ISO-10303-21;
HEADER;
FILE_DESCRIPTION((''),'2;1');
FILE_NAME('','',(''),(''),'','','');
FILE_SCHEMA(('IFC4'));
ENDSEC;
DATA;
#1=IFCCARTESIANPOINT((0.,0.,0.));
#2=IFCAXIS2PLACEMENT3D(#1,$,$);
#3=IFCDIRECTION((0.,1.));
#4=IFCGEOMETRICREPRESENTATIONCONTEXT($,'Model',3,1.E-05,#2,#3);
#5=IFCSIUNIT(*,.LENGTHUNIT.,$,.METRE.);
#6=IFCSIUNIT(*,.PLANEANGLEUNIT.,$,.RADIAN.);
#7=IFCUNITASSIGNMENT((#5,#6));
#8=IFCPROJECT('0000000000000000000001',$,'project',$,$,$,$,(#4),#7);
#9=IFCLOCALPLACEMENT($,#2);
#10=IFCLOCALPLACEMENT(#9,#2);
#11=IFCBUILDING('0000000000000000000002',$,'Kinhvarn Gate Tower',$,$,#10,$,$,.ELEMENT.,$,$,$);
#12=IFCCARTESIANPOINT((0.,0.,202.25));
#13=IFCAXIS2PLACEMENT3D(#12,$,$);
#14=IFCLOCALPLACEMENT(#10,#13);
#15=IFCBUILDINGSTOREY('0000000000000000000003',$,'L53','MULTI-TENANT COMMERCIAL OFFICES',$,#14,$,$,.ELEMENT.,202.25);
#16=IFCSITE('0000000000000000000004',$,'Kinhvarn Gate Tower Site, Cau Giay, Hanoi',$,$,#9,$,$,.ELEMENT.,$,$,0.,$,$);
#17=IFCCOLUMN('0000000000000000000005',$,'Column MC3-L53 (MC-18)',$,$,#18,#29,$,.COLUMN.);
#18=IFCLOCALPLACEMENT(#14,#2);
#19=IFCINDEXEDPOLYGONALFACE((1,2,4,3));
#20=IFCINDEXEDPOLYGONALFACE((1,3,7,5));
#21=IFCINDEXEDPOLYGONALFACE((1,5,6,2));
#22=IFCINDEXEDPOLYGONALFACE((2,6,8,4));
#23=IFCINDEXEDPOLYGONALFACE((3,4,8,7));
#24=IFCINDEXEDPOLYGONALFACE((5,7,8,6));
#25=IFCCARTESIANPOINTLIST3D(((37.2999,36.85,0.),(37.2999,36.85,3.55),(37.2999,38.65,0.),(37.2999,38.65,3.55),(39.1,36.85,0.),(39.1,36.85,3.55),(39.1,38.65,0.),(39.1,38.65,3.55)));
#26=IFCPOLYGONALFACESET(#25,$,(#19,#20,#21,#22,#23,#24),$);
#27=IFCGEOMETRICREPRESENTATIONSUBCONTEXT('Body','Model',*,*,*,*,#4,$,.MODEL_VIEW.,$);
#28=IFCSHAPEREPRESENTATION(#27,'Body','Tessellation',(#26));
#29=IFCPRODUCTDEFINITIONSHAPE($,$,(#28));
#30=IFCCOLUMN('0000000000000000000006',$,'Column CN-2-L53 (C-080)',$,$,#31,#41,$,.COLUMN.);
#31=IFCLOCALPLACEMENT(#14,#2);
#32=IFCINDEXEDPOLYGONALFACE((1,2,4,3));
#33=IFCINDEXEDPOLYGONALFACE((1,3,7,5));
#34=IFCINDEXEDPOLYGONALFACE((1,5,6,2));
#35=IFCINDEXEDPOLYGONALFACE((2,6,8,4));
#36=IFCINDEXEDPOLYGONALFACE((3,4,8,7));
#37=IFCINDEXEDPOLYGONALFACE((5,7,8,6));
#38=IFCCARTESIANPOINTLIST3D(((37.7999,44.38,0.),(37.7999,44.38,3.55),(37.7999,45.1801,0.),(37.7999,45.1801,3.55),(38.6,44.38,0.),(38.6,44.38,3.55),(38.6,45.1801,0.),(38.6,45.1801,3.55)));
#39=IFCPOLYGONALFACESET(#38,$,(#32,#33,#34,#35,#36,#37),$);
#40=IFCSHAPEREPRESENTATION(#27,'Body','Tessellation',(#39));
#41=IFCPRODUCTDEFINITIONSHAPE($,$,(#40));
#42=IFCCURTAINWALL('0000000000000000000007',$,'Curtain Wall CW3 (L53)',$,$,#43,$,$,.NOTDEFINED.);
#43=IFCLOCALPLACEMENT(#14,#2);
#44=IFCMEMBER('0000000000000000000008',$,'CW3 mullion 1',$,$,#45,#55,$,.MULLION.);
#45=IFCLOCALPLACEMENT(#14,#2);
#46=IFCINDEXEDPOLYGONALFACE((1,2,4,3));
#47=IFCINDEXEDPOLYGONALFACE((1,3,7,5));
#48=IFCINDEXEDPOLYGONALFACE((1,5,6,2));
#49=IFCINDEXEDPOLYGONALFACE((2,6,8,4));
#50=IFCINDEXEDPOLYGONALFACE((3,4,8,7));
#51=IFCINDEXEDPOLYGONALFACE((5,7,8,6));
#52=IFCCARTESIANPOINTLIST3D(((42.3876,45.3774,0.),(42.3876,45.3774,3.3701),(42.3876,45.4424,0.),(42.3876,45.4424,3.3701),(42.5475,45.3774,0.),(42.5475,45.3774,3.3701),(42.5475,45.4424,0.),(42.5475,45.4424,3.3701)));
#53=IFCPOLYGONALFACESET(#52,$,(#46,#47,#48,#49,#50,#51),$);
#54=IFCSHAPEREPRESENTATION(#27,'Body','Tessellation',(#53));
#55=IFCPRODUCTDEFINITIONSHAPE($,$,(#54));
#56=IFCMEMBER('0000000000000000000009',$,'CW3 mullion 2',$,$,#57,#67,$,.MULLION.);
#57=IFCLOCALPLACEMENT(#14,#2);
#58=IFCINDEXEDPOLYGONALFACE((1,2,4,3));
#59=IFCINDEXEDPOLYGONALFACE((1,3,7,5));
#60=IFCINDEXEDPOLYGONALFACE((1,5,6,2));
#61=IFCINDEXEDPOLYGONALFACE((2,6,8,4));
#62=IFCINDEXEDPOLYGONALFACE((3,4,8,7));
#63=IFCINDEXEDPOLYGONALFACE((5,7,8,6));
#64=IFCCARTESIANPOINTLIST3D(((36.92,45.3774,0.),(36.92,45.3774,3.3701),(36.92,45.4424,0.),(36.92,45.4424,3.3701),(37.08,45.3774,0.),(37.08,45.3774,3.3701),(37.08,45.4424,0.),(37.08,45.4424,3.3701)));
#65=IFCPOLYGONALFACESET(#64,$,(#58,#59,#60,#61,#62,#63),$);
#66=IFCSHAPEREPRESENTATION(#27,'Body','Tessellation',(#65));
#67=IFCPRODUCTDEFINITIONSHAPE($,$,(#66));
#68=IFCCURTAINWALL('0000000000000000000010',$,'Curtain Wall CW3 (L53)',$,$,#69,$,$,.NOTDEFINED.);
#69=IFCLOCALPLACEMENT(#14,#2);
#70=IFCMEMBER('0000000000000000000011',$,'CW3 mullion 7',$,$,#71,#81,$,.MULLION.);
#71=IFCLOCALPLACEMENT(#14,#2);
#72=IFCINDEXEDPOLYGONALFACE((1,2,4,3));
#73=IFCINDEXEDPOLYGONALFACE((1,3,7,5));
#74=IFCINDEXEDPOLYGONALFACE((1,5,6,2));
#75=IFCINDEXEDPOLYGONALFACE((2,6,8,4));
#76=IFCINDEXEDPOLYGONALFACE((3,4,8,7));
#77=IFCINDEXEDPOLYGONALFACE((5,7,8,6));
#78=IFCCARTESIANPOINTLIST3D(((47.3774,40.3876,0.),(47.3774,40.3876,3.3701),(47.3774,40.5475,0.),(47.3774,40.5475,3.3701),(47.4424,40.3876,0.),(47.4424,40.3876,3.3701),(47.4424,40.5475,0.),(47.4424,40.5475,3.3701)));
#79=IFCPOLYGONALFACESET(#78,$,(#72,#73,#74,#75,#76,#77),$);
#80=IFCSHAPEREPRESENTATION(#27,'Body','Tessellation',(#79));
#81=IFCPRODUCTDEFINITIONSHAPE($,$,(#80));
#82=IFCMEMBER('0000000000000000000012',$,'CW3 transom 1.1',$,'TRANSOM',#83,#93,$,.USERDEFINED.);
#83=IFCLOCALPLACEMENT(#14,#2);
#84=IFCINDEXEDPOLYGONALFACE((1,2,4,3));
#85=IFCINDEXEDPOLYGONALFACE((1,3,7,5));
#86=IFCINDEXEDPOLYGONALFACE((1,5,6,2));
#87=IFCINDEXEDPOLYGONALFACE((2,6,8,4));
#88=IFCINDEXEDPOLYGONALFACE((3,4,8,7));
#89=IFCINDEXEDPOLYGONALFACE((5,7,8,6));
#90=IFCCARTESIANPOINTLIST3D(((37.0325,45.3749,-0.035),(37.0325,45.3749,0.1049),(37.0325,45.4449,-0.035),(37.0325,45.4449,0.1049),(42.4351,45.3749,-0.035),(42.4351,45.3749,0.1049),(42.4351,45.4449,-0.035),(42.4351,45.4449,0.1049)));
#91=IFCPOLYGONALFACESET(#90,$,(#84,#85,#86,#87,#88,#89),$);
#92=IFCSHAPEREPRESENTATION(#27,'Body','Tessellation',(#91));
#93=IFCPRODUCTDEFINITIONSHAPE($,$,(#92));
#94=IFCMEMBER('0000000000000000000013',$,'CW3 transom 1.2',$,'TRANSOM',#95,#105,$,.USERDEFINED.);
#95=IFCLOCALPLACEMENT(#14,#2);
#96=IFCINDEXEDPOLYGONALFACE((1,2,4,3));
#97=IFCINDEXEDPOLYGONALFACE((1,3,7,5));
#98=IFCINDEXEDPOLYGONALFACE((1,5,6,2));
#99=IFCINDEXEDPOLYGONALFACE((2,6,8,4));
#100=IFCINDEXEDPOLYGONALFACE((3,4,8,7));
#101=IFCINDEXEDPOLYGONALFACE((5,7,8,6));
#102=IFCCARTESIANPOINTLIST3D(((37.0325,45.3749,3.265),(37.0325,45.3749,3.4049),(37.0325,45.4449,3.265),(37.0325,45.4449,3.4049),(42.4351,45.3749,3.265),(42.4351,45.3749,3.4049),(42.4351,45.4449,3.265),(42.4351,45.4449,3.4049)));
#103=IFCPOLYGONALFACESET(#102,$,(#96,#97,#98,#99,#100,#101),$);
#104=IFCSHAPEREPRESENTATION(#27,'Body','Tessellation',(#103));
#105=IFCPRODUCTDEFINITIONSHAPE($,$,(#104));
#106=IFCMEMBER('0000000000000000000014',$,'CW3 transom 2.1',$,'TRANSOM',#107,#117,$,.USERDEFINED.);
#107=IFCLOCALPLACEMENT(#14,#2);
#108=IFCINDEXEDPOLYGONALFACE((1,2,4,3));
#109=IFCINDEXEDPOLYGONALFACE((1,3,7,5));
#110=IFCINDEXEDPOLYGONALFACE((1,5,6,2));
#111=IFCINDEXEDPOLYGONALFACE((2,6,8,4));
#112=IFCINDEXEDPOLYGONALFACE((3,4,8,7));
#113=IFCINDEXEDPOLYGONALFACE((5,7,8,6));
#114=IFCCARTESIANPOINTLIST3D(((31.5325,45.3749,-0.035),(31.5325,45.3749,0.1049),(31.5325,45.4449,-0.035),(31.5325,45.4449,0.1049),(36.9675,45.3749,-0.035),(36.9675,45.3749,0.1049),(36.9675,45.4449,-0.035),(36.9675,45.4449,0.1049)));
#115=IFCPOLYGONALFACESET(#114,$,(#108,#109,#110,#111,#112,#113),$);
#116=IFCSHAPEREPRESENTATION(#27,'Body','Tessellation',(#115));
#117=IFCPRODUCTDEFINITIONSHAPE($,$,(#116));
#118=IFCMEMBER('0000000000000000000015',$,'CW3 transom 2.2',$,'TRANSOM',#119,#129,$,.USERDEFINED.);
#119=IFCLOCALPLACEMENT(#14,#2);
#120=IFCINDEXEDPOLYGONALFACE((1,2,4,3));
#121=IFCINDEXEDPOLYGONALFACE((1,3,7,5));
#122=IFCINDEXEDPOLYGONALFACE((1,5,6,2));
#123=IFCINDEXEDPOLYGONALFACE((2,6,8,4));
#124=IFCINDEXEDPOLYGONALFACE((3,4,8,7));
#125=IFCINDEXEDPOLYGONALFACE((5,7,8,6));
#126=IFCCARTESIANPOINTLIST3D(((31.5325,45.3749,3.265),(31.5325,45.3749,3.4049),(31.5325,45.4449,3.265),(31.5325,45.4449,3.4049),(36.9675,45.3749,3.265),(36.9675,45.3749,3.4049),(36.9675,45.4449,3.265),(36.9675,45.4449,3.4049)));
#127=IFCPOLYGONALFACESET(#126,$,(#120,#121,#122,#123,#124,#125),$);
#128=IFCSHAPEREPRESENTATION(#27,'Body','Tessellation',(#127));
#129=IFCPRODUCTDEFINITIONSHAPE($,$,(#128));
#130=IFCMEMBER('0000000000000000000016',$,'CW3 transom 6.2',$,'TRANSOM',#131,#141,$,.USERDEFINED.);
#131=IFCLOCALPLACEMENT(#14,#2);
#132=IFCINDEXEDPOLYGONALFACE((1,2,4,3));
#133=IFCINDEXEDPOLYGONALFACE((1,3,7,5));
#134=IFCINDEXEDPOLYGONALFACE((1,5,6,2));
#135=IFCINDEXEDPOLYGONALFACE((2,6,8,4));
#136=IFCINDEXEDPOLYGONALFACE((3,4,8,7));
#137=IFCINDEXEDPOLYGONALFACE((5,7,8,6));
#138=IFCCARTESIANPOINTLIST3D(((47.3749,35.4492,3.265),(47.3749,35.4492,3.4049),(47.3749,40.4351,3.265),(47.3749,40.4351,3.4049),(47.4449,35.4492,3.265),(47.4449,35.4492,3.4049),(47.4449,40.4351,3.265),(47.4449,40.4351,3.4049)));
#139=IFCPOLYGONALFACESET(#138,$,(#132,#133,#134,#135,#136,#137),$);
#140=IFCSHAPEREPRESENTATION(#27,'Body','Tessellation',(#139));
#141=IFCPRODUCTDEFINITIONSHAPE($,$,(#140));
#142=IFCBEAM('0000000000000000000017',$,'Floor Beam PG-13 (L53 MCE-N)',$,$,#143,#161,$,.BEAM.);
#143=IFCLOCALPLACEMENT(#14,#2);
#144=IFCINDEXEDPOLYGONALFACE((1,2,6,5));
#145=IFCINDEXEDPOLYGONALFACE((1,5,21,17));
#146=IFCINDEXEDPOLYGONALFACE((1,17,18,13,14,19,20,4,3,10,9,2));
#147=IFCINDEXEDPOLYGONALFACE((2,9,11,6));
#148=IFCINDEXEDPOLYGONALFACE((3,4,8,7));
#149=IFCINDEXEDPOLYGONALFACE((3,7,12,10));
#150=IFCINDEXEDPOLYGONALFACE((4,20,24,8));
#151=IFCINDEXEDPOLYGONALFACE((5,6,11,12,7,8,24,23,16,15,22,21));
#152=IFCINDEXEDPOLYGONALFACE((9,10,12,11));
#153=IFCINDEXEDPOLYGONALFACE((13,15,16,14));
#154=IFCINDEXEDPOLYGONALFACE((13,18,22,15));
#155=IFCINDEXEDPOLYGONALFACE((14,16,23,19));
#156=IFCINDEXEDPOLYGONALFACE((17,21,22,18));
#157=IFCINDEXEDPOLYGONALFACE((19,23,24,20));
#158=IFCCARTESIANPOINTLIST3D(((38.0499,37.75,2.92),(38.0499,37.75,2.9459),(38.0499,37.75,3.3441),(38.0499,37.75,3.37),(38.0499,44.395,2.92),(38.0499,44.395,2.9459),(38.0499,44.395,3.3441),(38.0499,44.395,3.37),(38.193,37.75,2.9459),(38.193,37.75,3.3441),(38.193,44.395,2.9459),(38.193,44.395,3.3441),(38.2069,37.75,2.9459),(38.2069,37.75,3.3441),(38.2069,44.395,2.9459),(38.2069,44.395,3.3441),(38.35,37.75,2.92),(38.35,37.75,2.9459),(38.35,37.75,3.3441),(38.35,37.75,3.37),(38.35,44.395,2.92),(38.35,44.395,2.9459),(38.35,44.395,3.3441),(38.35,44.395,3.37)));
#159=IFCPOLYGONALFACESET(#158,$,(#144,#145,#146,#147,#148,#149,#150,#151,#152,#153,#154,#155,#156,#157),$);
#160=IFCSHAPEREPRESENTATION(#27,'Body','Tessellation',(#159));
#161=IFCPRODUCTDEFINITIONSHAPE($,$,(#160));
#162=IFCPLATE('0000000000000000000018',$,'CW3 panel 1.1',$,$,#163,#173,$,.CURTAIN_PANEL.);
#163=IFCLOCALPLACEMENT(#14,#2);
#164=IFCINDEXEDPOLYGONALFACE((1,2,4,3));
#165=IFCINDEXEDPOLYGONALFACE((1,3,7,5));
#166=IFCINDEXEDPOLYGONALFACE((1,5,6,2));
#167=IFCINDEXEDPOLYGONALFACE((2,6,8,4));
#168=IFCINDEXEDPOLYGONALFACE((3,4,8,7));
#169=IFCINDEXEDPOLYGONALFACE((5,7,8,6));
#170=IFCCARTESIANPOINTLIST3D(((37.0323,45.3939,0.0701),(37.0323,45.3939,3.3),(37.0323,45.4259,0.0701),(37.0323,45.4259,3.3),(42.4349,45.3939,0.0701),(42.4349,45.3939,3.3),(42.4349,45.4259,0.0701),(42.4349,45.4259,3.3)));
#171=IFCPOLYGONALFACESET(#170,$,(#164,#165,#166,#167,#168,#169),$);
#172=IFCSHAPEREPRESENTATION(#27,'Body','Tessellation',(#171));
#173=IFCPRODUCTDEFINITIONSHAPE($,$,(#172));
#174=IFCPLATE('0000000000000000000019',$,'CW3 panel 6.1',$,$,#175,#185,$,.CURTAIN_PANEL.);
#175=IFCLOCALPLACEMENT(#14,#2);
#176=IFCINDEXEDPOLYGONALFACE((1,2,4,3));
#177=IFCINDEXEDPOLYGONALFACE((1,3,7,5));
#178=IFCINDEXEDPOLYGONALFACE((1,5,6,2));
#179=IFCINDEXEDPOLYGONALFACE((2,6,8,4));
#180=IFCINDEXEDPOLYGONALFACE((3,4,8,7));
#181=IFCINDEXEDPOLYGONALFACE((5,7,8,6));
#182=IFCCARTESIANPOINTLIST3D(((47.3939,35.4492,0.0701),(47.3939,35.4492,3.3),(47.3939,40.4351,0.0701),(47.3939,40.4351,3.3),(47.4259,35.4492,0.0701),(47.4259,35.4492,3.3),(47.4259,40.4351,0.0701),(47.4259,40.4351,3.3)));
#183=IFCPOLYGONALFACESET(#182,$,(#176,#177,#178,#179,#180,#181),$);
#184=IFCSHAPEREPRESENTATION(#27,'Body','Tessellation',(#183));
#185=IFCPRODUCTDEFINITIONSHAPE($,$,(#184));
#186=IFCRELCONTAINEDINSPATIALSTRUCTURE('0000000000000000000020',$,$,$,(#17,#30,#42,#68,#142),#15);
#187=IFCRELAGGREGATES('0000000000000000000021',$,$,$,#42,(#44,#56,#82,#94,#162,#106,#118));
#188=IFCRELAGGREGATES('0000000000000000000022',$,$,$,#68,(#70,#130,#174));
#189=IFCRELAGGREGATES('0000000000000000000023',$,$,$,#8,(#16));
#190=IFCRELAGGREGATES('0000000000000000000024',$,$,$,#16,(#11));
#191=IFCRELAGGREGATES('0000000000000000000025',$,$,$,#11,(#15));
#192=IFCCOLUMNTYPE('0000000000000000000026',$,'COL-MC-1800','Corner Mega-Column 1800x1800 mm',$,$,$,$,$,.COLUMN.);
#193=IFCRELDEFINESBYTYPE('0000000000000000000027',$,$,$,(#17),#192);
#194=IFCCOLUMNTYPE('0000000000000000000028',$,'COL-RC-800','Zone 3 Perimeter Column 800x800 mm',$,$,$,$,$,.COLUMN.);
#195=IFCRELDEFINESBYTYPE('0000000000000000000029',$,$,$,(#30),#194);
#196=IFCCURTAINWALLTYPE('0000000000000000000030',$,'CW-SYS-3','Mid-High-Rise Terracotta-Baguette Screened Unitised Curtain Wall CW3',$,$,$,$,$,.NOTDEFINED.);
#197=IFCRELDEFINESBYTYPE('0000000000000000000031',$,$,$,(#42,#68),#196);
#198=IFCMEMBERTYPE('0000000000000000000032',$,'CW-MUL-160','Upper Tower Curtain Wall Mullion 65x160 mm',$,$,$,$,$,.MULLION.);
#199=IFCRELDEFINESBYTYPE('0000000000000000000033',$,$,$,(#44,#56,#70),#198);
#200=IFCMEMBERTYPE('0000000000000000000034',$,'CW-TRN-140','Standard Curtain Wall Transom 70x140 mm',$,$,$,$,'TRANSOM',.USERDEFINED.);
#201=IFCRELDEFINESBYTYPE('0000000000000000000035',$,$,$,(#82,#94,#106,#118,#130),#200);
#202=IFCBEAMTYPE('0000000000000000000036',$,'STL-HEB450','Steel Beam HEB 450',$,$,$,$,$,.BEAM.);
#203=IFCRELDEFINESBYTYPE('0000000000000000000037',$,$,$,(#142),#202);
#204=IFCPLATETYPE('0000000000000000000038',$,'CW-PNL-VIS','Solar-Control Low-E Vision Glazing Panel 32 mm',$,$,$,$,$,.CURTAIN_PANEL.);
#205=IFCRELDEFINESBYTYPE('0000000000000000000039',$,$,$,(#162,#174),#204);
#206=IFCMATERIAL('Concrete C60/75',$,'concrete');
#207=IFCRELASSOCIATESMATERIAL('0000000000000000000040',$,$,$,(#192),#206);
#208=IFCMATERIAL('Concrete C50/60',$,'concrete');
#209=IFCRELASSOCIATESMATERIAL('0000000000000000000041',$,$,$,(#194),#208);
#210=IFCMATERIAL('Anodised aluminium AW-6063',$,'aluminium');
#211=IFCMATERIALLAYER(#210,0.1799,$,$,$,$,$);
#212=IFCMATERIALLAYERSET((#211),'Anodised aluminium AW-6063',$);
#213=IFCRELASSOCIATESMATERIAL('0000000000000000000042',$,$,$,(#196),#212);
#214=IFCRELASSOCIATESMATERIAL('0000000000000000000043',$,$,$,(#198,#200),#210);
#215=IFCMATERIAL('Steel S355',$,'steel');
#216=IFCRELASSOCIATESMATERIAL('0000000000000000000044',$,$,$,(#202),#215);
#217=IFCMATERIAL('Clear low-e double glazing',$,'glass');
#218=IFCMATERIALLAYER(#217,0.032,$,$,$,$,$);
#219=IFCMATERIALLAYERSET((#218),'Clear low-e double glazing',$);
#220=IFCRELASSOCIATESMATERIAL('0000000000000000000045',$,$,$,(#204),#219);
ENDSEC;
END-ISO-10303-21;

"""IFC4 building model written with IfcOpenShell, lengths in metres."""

from ifc_helpers import new_model, si_unit, direction, frame, origin, origin_2d, place, context, subcontext, project, spatial, rectangle, i_section, extrude, material, layer, layer_set, material_profile, profile_set, type_object, element, aggregate, save


model = new_model("IFC4")

# Units and contexts
model_context = context("Model", 3, precision=1e-05, world=origin(), true_north=direction((0.0, 1.0)))
body_context = subcontext(model_context, "Body", "Model", "MODEL_VIEW")
ifc_project = project(units=[si_unit("LENGTHUNIT", "METRE"), si_unit("PLANEANGLEUNIT", "RADIAN")], contexts=[model_context])

# Site, building, storey
site_placement = place(None, origin())
site = spatial("IfcSite", under=ifc_project, at=site_placement, Name="Kinhvarn Gate Tower Site, Cau Giay, Hanoi", CompositionType="ELEMENT", RefElevation=0.0)
building_placement = place(site_placement, origin())
building = spatial("IfcBuilding", under=site, at=building_placement, Name="Kinhvarn Gate Tower", CompositionType="ELEMENT")
storey_placement = place(building_placement, frame((0.0, 0.0, 202.25)))
storey = spatial("IfcBuildingStorey", under=building, at=storey_placement, Name="L53", Description="MULTI-TENANT COMMERCIAL OFFICES", CompositionType="ELEMENT", Elevation=202.25)

# Columns
ifc_material_1 = material(Name="Concrete C60/75", Category="concrete")
ifc_material_profile_1 = material_profile(ifc_material_1, rectangle(XDim=1.8, YDim=1.8, at=origin_2d()), Name="RC 1800x1800")
ifc_profile_set_1 = profile_set([ifc_material_profile_1], Name="Concrete C60/75")
column_type_1 = type_object("IfcColumnType", Name="COL-MC-1800", Description="Corner Mega-Column 1800x1800 mm", PredefinedType="COLUMN", material=ifc_profile_set_1)
column_1_placement = place(storey_placement, frame((38.2, 37.75, 0.0), z_axis=(0.0, 0.0, 1.0), x_axis=(1.0, 0.0, 0.0)))
element("IfcColumn", 1, at=column_1_placement, inside=storey, type_object=column_type_1, Name="Column MC3-L53 (MC-18)", PredefinedType="COLUMN", context=body_context, shape_type="SweptSolid", body=[
    extrude(rectangle(XDim=1.8, YDim=1.8, at=origin_2d()), origin(), (0.0, 0.0, 1.0), 3.55),
])
ifc_material_2 = material(Name="Concrete C50/60", Category="concrete")
ifc_material_profile_2 = material_profile(ifc_material_2, rectangle(XDim=0.8, YDim=0.8, at=origin_2d()), Name="RC 800x800")
ifc_profile_set_2 = profile_set([ifc_material_profile_2], Name="Concrete C50/60")
column_type_2 = type_object("IfcColumnType", Name="COL-RC-800", Description="Zone 3 Perimeter Column 800x800 mm", PredefinedType="COLUMN", material=ifc_profile_set_2)
column_2_placement = place(storey_placement, frame((38.2, 44.78, 0.0), z_axis=(0.0, 0.0, 1.0), x_axis=(1.0, 0.0, 0.0)))
element("IfcColumn", 2, at=column_2_placement, inside=storey, type_object=column_type_2, Name="Column CN-2-L53 (C-080)", PredefinedType="COLUMN", context=body_context, shape_type="SweptSolid", body=[
    extrude(rectangle(XDim=0.8, YDim=0.8, at=origin_2d()), origin(), (0.0, 0.0, 1.0), 3.55),
])

# Curtain wall, members
ifc_material_3 = material(Name="Anodised aluminium AW-6063", Category="aluminium")
ifc_layer_1 = layer(ifc_material_3, 0.1799)
ifc_layer_set_1 = layer_set([ifc_layer_1], Name="Anodised aluminium AW-6063")
curtain_wall_type = type_object("IfcCurtainWallType", Name="CW-SYS-3", Description="Mid-High-Rise Terracotta-Baguette Screened Unitised Curtain Wall CW3", PredefinedType="NOTDEFINED", material=ifc_layer_set_1)
curtain_wall_1_placement = place(storey_placement, origin())
curtain_wall_1 = element("IfcCurtainWall", 3, at=curtain_wall_1_placement, inside=storey, type_object=curtain_wall_type, Name="Curtain Wall CW3 (L53)", PredefinedType="NOTDEFINED")
ifc_material_profile_3 = material_profile(ifc_material_3, rectangle(XDim=0.0649, YDim=0.1599, at=origin_2d()), Name="ALU 65x160")
ifc_profile_set_3 = profile_set([ifc_material_profile_3], Name="Anodised aluminium AW-6063")
member_type_1 = type_object("IfcMemberType", Name="CW-MUL-160", Description="Upper Tower Curtain Wall Mullion 65x160 mm", PredefinedType="MULLION", material=ifc_profile_set_3)
member_1_placement = place(storey_placement, frame((42.4675, 45.4099, 0.0), z_axis=(0.0, 0.0, 1.0), x_axis=(0.0, -1.0, 0.0)))
member_1 = element("IfcMember", 4, at=member_1_placement, type_object=member_type_1, Name="CW3 mullion 1", PredefinedType="MULLION", context=body_context, shape_type="SweptSolid", body=[
    extrude(rectangle(XDim=0.0649, YDim=0.1599, at=origin_2d()), origin(), (0.0, 0.0, 1.0), 3.3701),
])
member_2_placement = place(storey_placement, frame((37.0, 45.4099, 0.0), z_axis=(0.0, 0.0, 1.0), x_axis=(0.0, -1.0, 0.0)))
member_2 = element("IfcMember", 5, at=member_2_placement, type_object=member_type_1, Name="CW3 mullion 2", PredefinedType="MULLION", context=body_context, shape_type="SweptSolid", body=[
    extrude(rectangle(XDim=0.0649, YDim=0.1599, at=origin_2d()), origin(), (0.0, 0.0, 1.0), 3.3701),
])

# Curtain wall, member
curtain_wall_2_placement = place(storey_placement, origin())
curtain_wall_2 = element("IfcCurtainWall", 6, at=curtain_wall_2_placement, inside=storey, type_object=curtain_wall_type, Name="Curtain Wall CW3 (L53)", PredefinedType="NOTDEFINED")
member_3_placement = place(storey_placement, frame((47.4099, 40.4675, 0.0), z_axis=(0.0, 0.0, 1.0), x_axis=(-1.0, 0.0, 0.0)))
member_3 = element("IfcMember", 7, at=member_3_placement, type_object=member_type_1, Name="CW3 mullion 7", PredefinedType="MULLION", context=body_context, shape_type="SweptSolid", body=[
    extrude(rectangle(XDim=0.0649, YDim=0.1599, at=origin_2d()), origin(), (0.0, 0.0, 1.0), 3.3701),
])

# Members
ifc_material_profile_4 = material_profile(ifc_material_3, rectangle(XDim=0.0701, YDim=0.1399, at=origin_2d()), Name="ALU 70x140")
ifc_profile_set_4 = profile_set([ifc_material_profile_4], Name="Anodised aluminium AW-6063")
member_type_2 = type_object("IfcMemberType", Name="CW-TRN-140", Description="Standard Curtain Wall Transom 70x140 mm", ElementType="TRANSOM", PredefinedType="USERDEFINED", material=ifc_profile_set_4)
member_4_placement = place(storey_placement, frame((42.4351, 45.4099, 0.0349), z_axis=(-1.0, 0.0, 0.0), x_axis=(0.0, -1.0, 0.0)))
member_4 = element("IfcMember", 8, at=member_4_placement, type_object=member_type_2, Name="CW3 transom 1.1", ObjectType="TRANSOM", PredefinedType="USERDEFINED", context=body_context, shape_type="SweptSolid", body=[
    extrude(rectangle(XDim=0.0701, YDim=0.1399, at=origin_2d()), origin(), (0.0, 0.0, 1.0), 5.4026),
])
member_5_placement = place(storey_placement, frame((42.4351, 45.4099, 3.335), z_axis=(-1.0, 0.0, 0.0), x_axis=(0.0, -1.0, 0.0)))
member_5 = element("IfcMember", 9, at=member_5_placement, type_object=member_type_2, Name="CW3 transom 1.2", ObjectType="TRANSOM", PredefinedType="USERDEFINED", context=body_context, shape_type="SweptSolid", body=[
    extrude(rectangle(XDim=0.0701, YDim=0.1399, at=origin_2d()), origin(), (0.0, 0.0, 1.0), 5.4026),
])
member_6_placement = place(storey_placement, frame((36.9675, 45.4099, 0.0349), z_axis=(-1.0, 0.0, 0.0), x_axis=(0.0, -1.0, 0.0)))
member_6 = element("IfcMember", 10, at=member_6_placement, type_object=member_type_2, Name="CW3 transom 2.1", ObjectType="TRANSOM", PredefinedType="USERDEFINED", context=body_context, shape_type="SweptSolid", body=[
    extrude(rectangle(XDim=0.0701, YDim=0.1399, at=origin_2d()), origin(), (0.0, 0.0, 1.0), 5.4351),
])
member_7_placement = place(storey_placement, frame((36.9675, 45.4099, 3.335), z_axis=(-1.0, 0.0, 0.0), x_axis=(0.0, -1.0, 0.0)))
member_7 = element("IfcMember", 11, at=member_7_placement, type_object=member_type_2, Name="CW3 transom 2.2", ObjectType="TRANSOM", PredefinedType="USERDEFINED", context=body_context, shape_type="SweptSolid", body=[
    extrude(rectangle(XDim=0.0701, YDim=0.1399, at=origin_2d()), origin(), (0.0, 0.0, 1.0), 5.4351),
])
member_8_placement = place(storey_placement, frame((47.4099, 35.4492, 3.335), z_axis=(0.0, 1.0, 0.0), x_axis=(-1.0, 0.0, 0.0)))
member_8 = element("IfcMember", 12, at=member_8_placement, type_object=member_type_2, Name="CW3 transom 6.2", ObjectType="TRANSOM", PredefinedType="USERDEFINED", context=body_context, shape_type="SweptSolid", body=[
    extrude(rectangle(XDim=0.0701, YDim=0.1399, at=origin_2d()), origin(), (0.0, 0.0, 1.0), 4.9858),
])

# Beam
ifc_material_4 = material(Name="Steel S355", Category="steel")
ifc_material_profile_5 = material_profile(ifc_material_4, i_section(OverallWidth=0.3, OverallDepth=0.45, WebThickness=0.0139, FlangeThickness=0.0259, at=origin_2d()), Name="HEB 450")
ifc_profile_set_5 = profile_set([ifc_material_profile_5], Name="Steel S355")
beam_type = type_object("IfcBeamType", Name="STL-HEB450", Description="Steel Beam HEB 450", PredefinedType="BEAM", material=ifc_profile_set_5)
beam_placement = place(storey_placement, frame((38.2, 37.75, 3.145), z_axis=(0.0, 1.0, 0.0), x_axis=(-1.0, 0.0, 0.0)))
element("IfcBeam", 13, at=beam_placement, inside=storey, type_object=beam_type, Name="Floor Beam PG-13 (L53 MCE-N)", PredefinedType="BEAM", context=body_context, shape_type="SweptSolid", body=[
    extrude(i_section(OverallWidth=0.3, OverallDepth=0.45, WebThickness=0.0139, FlangeThickness=0.0259, at=origin_2d()), origin(), (0.0, 0.0, 1.0), 6.645),
])

# Plates
ifc_material_5 = material(Name="Clear low-e double glazing", Category="glass")
ifc_layer_2 = layer(ifc_material_5, 0.032)
ifc_layer_set_2 = layer_set([ifc_layer_2], Name="Clear low-e double glazing")
plate_type = type_object("IfcPlateType", Name="CW-PNL-VIS", Description="Solar-Control Low-E Vision Glazing Panel 32 mm", PredefinedType="CURTAIN_PANEL", material=ifc_layer_set_2)
plate_1_placement = place(storey_placement, frame((39.7336, 45.4099, 0.0701), z_axis=(0.0, 0.0, 1.0), x_axis=(-1.0, 0.0, 0.0)))
plate_1 = element("IfcPlate", 14, at=plate_1_placement, type_object=plate_type, Name="CW3 panel 1.1", PredefinedType="CURTAIN_PANEL", context=body_context, shape_type="SweptSolid", body=[
    extrude(rectangle(XDim=5.4026, YDim=0.032, at=origin_2d()), origin(), (0.0, 0.0, 1.0), 3.23),
])
aggregate(curtain_wall_1, [member_1, member_2, member_4, member_5, plate_1, member_6, member_7])
plate_2_placement = place(storey_placement, frame((47.4099, 37.9421, 0.0701), z_axis=(0.0, 0.0, 1.0), x_axis=(0.0, 1.0, 0.0)))
plate_2 = element("IfcPlate", 15, at=plate_2_placement, type_object=plate_type, Name="CW3 panel 6.1", PredefinedType="CURTAIN_PANEL", context=body_context, shape_type="SweptSolid", body=[
    extrude(rectangle(XDim=4.9858, YDim=0.032, at=origin_2d()), origin(), (0.0, 0.0, 1.0), 3.23),
])
aggregate(curtain_wall_2, [member_3, member_8, plate_2])

save(model, "model.ifc")
